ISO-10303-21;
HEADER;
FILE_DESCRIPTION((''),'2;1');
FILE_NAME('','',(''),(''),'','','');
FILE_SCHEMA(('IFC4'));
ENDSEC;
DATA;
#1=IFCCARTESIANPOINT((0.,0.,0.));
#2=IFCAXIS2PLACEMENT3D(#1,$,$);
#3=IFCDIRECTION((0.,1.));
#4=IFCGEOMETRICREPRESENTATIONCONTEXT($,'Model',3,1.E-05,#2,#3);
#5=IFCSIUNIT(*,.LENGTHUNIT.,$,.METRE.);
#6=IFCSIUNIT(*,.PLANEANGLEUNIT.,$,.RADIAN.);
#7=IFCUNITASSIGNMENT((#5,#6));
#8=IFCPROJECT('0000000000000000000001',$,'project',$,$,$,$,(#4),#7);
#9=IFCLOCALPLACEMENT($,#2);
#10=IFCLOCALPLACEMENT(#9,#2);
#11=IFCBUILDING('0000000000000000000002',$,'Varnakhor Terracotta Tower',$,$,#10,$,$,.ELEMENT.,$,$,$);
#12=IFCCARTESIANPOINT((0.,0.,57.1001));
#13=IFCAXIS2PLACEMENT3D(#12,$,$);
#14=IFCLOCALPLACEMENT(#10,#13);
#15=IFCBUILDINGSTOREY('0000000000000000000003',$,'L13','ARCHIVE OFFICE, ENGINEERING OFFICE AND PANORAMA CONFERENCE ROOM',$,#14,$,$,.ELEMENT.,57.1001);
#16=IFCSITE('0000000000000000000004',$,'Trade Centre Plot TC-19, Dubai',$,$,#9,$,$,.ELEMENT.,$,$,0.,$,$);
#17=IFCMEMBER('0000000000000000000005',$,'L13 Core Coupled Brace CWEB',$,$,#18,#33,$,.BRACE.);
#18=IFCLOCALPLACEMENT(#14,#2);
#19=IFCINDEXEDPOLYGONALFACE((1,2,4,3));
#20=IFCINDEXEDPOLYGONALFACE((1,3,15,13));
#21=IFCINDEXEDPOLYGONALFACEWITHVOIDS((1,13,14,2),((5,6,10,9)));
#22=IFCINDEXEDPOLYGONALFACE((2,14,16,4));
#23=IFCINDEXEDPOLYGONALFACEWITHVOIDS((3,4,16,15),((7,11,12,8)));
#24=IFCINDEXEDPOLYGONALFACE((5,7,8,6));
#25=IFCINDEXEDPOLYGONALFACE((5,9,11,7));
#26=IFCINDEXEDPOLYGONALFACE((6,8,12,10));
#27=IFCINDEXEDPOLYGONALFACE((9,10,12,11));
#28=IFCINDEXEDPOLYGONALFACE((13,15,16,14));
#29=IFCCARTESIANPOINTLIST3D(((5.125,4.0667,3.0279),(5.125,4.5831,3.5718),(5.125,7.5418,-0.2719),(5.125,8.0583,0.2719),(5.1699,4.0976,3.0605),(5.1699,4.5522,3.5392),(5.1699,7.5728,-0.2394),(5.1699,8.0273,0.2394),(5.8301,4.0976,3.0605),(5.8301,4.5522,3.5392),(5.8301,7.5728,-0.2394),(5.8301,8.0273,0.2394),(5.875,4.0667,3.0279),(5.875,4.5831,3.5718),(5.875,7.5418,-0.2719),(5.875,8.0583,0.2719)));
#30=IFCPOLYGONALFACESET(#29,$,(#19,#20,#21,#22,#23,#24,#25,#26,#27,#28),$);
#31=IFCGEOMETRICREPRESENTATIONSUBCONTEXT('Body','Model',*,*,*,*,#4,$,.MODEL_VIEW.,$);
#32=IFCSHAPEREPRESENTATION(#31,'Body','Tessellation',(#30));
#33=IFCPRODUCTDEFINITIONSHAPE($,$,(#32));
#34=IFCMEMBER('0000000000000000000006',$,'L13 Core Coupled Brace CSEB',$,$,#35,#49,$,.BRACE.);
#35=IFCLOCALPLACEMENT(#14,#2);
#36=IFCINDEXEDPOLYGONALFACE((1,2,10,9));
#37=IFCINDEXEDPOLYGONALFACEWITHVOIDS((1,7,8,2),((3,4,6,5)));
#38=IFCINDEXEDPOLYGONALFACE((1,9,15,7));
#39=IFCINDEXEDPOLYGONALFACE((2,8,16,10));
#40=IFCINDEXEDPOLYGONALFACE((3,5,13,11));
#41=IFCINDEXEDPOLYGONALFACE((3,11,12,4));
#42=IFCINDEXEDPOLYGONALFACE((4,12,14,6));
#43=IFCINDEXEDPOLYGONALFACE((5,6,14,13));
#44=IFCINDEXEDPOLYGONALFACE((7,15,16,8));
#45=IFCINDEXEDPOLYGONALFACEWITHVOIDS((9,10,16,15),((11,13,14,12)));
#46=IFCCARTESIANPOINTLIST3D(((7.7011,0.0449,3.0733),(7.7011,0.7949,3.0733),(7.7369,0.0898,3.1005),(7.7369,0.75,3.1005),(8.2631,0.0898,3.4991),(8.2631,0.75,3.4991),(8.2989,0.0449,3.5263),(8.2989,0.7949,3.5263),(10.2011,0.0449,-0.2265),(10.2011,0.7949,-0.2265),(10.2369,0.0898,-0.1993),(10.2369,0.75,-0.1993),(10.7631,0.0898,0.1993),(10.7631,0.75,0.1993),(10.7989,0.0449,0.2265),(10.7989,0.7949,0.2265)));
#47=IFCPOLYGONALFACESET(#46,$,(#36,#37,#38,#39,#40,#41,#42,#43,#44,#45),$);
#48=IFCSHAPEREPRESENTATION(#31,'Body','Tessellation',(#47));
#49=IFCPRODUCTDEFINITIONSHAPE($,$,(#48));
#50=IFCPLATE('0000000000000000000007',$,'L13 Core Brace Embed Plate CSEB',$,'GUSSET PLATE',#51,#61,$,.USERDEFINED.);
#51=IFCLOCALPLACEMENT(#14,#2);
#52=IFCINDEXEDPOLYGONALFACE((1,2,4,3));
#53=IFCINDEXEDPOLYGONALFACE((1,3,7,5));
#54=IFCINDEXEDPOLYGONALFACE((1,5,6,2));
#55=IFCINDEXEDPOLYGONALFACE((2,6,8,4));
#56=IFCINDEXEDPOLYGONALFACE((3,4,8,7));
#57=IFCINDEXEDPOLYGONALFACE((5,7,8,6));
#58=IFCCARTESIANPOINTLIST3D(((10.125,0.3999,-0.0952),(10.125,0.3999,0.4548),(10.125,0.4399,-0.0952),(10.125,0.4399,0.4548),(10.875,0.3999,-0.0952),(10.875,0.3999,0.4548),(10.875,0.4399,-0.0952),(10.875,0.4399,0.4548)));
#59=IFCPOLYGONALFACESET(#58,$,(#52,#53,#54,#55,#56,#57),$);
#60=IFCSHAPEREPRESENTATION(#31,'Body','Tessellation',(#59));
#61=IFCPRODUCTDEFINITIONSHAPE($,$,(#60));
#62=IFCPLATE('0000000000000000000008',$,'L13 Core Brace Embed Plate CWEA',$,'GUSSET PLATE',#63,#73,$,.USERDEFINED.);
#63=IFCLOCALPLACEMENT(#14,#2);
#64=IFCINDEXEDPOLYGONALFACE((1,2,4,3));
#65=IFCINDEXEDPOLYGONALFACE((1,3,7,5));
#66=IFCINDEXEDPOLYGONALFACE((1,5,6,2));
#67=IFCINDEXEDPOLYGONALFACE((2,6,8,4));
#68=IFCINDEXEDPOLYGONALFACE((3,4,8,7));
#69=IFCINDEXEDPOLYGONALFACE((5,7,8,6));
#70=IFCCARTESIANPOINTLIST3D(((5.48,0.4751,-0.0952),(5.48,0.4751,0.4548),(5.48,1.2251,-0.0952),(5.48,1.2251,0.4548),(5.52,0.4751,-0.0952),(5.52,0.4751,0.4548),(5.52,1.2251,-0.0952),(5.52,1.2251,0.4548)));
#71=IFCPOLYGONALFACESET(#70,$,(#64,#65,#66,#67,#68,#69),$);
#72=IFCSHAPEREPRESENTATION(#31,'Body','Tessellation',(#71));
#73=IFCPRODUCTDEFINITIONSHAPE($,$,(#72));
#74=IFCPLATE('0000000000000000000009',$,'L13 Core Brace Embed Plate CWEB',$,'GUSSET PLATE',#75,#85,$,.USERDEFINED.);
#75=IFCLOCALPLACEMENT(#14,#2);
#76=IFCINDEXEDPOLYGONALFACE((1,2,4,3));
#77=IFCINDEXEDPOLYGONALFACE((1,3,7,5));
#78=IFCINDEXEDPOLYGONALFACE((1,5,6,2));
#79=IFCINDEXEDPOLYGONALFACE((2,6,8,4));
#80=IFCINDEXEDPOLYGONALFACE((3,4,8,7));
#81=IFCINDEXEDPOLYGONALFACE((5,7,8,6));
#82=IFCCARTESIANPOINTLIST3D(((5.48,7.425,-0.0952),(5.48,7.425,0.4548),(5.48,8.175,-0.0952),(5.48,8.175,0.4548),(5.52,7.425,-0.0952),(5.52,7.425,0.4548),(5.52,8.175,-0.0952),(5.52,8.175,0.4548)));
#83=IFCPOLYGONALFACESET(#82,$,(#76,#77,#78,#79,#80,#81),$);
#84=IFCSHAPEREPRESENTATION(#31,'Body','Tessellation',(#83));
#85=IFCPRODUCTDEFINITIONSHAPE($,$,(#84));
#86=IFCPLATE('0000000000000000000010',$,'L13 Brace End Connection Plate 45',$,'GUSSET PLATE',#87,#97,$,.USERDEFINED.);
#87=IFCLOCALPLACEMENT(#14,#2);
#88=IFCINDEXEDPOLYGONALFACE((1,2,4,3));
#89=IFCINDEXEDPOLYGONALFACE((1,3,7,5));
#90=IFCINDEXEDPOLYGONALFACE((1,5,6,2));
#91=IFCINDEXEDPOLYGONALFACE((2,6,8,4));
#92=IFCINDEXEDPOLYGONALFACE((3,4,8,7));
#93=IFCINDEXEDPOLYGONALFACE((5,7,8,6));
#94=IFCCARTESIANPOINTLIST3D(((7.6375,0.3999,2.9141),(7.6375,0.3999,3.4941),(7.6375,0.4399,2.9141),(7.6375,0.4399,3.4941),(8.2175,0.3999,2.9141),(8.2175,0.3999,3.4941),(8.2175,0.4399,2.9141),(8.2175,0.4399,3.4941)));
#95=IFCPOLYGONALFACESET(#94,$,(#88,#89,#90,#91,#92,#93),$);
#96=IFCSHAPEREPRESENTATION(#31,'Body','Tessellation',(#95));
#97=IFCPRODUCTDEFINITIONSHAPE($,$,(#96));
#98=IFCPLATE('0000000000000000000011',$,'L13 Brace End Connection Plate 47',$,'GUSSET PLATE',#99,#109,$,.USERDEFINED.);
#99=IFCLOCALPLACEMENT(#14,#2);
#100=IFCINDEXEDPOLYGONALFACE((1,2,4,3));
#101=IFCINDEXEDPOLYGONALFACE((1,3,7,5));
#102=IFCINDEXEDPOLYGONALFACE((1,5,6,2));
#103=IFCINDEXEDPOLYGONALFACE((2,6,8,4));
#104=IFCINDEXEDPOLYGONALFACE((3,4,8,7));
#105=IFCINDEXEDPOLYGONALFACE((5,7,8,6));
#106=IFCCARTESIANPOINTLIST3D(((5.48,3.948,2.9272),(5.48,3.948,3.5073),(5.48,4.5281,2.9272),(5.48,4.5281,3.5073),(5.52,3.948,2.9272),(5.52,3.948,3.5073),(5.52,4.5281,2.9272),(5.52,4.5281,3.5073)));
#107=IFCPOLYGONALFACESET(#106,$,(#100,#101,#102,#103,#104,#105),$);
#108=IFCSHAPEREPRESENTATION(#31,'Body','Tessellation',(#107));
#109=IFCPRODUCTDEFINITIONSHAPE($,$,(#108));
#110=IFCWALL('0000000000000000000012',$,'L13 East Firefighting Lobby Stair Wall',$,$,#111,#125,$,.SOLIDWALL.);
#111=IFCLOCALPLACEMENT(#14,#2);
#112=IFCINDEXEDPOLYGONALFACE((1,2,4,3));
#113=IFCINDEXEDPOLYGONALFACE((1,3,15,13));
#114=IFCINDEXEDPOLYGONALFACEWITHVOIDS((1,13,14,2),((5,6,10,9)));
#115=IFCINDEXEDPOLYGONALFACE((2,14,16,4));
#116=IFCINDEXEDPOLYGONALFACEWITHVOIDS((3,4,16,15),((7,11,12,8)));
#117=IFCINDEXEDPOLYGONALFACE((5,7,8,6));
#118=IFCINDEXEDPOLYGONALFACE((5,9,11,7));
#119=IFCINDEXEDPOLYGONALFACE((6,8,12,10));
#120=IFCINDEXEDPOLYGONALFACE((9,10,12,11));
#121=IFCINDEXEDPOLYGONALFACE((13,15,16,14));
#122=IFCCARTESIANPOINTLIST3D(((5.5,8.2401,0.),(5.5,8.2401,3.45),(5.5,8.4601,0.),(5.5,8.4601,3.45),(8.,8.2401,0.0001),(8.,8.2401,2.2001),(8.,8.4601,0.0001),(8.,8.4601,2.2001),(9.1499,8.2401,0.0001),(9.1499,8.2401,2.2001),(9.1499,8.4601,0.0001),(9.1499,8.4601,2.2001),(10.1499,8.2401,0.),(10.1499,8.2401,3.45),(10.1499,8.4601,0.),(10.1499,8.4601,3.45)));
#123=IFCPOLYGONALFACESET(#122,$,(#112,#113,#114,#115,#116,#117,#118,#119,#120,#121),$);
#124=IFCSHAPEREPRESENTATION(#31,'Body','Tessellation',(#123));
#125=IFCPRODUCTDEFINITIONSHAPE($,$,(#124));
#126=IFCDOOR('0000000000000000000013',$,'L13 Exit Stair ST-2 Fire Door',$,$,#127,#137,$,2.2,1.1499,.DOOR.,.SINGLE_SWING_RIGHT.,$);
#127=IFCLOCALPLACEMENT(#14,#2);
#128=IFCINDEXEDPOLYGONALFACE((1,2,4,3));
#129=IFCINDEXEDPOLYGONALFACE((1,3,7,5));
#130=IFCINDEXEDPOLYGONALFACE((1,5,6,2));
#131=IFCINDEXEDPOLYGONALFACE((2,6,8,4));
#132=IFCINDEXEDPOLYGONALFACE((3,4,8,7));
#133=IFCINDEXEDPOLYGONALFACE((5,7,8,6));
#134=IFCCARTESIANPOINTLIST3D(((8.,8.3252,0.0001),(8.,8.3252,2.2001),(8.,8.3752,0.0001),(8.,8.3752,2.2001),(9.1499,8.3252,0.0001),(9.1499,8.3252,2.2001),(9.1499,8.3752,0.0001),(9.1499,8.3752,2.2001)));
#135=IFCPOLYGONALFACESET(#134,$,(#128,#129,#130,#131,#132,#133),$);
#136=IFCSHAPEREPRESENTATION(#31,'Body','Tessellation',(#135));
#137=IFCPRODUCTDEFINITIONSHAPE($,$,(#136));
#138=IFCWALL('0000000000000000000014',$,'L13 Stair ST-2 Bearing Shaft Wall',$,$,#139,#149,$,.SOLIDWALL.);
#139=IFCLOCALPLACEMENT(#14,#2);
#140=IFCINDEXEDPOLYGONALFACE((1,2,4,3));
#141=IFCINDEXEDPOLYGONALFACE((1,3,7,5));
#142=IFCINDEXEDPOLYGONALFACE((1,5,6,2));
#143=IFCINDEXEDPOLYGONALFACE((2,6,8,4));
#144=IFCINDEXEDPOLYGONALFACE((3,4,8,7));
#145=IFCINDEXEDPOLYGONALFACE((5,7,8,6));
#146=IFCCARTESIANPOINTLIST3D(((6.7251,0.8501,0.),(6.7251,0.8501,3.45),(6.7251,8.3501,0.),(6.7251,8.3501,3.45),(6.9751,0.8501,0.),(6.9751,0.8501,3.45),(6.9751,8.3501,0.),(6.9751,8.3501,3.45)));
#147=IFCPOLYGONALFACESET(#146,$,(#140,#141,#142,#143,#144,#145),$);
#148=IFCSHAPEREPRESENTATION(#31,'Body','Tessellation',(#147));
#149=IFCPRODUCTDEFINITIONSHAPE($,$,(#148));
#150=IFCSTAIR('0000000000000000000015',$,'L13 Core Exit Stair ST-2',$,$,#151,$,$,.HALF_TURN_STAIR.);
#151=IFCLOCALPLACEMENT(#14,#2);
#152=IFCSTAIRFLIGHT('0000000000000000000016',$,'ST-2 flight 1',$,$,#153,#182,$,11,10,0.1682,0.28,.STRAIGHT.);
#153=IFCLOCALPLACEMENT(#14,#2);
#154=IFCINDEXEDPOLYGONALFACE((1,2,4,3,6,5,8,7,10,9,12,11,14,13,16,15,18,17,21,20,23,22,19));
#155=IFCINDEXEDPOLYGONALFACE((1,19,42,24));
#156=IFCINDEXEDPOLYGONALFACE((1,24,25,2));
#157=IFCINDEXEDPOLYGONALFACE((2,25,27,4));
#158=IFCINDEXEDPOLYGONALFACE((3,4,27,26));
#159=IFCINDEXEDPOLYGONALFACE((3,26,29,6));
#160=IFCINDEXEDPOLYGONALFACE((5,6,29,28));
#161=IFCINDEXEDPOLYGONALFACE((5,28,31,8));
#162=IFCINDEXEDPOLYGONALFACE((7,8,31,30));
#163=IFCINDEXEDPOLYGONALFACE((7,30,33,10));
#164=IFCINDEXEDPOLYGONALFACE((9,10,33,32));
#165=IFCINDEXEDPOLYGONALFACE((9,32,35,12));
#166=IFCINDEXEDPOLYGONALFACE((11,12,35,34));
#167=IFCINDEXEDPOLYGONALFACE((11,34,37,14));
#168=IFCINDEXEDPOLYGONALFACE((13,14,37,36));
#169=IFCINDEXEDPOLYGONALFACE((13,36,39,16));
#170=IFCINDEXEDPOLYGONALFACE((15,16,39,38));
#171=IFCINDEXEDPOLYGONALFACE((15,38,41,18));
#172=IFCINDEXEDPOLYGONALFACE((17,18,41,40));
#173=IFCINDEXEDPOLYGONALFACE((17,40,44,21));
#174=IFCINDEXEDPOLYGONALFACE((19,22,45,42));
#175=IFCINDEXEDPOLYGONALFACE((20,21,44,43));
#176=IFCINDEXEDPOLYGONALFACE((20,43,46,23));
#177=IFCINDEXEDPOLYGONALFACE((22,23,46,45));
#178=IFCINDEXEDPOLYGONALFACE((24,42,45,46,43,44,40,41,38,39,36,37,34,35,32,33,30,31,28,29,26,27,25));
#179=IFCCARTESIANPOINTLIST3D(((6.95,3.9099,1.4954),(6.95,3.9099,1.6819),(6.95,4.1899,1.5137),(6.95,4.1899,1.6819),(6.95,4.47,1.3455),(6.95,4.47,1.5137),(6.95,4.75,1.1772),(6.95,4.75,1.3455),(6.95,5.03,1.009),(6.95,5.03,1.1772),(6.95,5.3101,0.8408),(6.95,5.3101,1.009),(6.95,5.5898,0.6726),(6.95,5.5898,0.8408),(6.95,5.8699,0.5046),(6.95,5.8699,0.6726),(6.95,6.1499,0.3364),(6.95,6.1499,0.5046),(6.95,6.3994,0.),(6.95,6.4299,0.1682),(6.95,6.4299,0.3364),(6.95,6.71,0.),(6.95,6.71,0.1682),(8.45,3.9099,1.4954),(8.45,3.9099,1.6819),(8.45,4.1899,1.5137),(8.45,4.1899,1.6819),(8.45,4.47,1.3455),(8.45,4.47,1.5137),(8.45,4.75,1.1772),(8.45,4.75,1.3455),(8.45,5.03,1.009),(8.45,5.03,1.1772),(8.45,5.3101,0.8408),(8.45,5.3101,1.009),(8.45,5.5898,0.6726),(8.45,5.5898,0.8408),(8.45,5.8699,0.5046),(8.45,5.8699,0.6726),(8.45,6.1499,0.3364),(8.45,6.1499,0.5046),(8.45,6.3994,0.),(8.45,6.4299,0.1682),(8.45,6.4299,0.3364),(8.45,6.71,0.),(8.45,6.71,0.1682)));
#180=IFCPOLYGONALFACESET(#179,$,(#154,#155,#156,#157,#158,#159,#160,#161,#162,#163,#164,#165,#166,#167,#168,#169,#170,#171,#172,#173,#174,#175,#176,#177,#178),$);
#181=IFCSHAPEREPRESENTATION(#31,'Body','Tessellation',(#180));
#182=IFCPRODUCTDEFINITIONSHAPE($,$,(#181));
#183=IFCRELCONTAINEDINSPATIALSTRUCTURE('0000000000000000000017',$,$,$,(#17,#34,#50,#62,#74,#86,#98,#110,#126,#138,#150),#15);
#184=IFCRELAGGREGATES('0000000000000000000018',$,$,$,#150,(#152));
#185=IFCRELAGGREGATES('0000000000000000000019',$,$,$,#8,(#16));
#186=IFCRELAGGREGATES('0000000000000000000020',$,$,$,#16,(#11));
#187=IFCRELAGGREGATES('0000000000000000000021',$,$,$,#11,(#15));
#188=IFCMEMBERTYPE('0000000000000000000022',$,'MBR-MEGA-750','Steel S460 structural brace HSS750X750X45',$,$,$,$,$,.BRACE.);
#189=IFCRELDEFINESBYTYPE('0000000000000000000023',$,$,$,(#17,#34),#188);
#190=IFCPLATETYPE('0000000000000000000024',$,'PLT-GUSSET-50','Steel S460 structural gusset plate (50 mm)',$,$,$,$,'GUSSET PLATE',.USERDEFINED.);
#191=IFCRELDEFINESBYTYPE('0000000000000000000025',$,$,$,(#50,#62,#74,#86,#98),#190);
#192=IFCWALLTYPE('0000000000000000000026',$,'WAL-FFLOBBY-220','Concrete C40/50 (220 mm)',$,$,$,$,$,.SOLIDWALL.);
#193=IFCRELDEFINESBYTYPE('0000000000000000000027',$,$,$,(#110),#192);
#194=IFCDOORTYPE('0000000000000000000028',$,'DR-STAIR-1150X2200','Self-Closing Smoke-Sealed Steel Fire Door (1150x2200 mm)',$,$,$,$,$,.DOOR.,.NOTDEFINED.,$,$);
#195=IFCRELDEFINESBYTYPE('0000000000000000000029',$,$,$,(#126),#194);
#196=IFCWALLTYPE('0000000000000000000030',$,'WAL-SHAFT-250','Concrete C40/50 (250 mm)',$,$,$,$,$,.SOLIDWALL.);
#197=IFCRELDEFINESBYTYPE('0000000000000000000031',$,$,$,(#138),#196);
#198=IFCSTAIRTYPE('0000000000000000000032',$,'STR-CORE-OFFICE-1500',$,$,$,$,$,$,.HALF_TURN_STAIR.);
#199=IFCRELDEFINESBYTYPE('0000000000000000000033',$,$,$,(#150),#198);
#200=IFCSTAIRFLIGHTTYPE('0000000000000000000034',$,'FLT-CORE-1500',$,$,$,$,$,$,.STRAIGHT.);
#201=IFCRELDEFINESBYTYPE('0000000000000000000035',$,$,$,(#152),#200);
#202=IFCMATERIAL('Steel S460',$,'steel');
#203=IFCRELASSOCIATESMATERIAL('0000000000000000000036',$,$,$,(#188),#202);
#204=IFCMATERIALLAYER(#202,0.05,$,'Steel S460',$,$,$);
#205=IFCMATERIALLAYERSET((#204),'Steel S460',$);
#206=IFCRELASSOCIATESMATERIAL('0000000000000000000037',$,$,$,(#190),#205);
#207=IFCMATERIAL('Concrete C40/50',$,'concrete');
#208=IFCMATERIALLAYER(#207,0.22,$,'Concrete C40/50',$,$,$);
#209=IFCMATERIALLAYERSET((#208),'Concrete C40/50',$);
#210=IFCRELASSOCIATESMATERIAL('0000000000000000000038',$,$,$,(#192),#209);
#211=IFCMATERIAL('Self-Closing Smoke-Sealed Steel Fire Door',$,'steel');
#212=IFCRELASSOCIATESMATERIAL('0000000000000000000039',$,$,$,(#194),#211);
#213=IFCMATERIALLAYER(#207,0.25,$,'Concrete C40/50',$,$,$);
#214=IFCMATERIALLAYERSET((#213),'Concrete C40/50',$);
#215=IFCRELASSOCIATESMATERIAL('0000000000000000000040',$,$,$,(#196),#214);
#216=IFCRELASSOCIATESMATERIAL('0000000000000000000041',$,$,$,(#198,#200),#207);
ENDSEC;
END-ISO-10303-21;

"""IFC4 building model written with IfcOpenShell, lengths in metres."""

from ifc_helpers import new_model, si_unit, direction, frame, frame_2d, origin, origin_2d, place, context, subcontext, project, spatial, polyline, rectangle, hollow_rectangle, outline, extrude, source, transform, mapped, material, layer, layer_set, material_profile, profile_set, type_object, type_shapes, element, fill, aggregate, save


model = new_model("IFC4")

# Units and contexts
model_context = context("Model", 3, precision=1e-05, world=origin(), true_north=direction((0.0, 1.0)))
body_context = subcontext(model_context, "Body", "Model", "MODEL_VIEW")
ifc_project = project(units=[si_unit("LENGTHUNIT", "METRE"), si_unit("PLANEANGLEUNIT", "RADIAN")], contexts=[model_context])

# Site, building, storey
site_placement = place(None, origin())
site = spatial("IfcSite", under=ifc_project, at=site_placement, Name="Trade Centre Plot TC-19, Dubai", CompositionType="ELEMENT", RefElevation=0.0)
building_placement = place(site_placement, origin())
building = spatial("IfcBuilding", under=site, at=building_placement, Name="Varnakhor Terracotta Tower", CompositionType="ELEMENT")
storey_placement = place(building_placement, frame((0.0, 0.0, 57.1001)))
storey = spatial("IfcBuildingStorey", under=building, at=storey_placement, Name="L13", Description="ARCHIVE OFFICE, ENGINEERING OFFICE AND PANORAMA CONFERENCE ROOM", CompositionType="ELEMENT", Elevation=57.1001)

# Members
ifc_material_1 = material(Name="Steel S460", Category="steel")
ifc_material_profile = material_profile(ifc_material_1, hollow_rectangle(XDim=0.75, YDim=0.75, WallThickness=0.0449, at=origin_2d()), Name="HSS750X750X45")
ifc_profile_set = profile_set([ifc_material_profile], Name="Steel S460")
member_type = type_object("IfcMemberType", Name="MBR-MEGA-750", Description="Steel S460 structural brace HSS750X750X45", PredefinedType="BRACE", material=ifc_profile_set)
shared_shape_1 = source(origin(), body_context, "Body", "SweptSolid", [
    extrude(hollow_rectangle(XDim=0.75, YDim=0.75, WallThickness=0.0449, at=origin_2d()), origin(), (0.0, 0.0, 1.0), 4.7922),
])
member_1_placement = place(storey_placement, frame((5.5, 7.8, 0.0), z_axis=(0.0, -0.72516, 0.688581), x_axis=(1.0, 0.0, 0.0)))
element("IfcMember", 1, at=member_1_placement, inside=storey, type_object=member_type, Name="L13 Core Coupled Brace CWEB", PredefinedType="BRACE", context=body_context, shape_type="MappedRepresentation", body=[
    mapped(shared_shape_1, transform((0.0, 0.0, 0.0), scale=1.0)),
])
shared_shape_2 = source(origin(), body_context, "Body", "SweptSolid", [
    extrude(hollow_rectangle(XDim=0.75, YDim=0.75, WallThickness=0.0449, at=origin_2d()), origin(), (0.0, 0.0, 1.0), 4.1399),
])
member_2_placement = place(storey_placement, frame((10.5, 0.4199, 0.0), z_axis=(-0.60388, 0.0, 0.797075), x_axis=(0.0, -1.0, 0.0)))
element("IfcMember", 2, at=member_2_placement, inside=storey, type_object=member_type, Name="L13 Core Coupled Brace CSEB", PredefinedType="BRACE", context=body_context, shape_type="MappedRepresentation", body=[
    mapped(shared_shape_2, transform((0.0, 0.0, 0.0), scale=1.0)),
])

# Plates
ifc_layer_1 = layer(ifc_material_1, 0.05, Name="Steel S460")
ifc_layer_set_1 = layer_set([ifc_layer_1], Name="Steel S460")
plate_type = type_object("IfcPlateType", Name="PLT-GUSSET-50", Description="Steel S460 structural gusset plate (50 mm)", ElementType="GUSSET PLATE", PredefinedType="USERDEFINED", material=ifc_layer_set_1)
shared_shape_3 = source(origin(), body_context, "Body", "SweptSolid", [
    extrude(rectangle(XDim=0.75, YDim=0.04, at=origin_2d()), origin(), (0.0, 0.0, 1.0), 0.55),
])
type_shapes(plate_type, [shared_shape_3])
for number, where, z_axis, x_axis, name in (
    (3, (10.5, 0.4199, -0.0952), (0.0, 0.0, 1.0), (1.0, 0.0, 0.0), "L13 Core Brace Embed Plate CSEB"),
    (4, (5.5, 0.8501, -0.0952), (0.0, 0.0, 1.0), (0.0, 1.0, 0.0), "L13 Core Brace Embed Plate CWEA"),
    (5, (5.5, 7.8, -0.0952), (0.0, 0.0, 1.0), (0.0, 1.0, 0.0), "L13 Core Brace Embed Plate CWEB"),
):
    element("IfcPlate", number, at=place(storey_placement, frame(where, z_axis=z_axis, x_axis=x_axis)), inside=storey, type_object=plate_type, Name=name, ObjectType="GUSSET PLATE", PredefinedType="USERDEFINED", context=body_context, shape_type="MappedRepresentation", body=[
        mapped(shared_shape_3, transform((0.0, 0.0, 0.0), scale=1.0)),
    ])
shared_shape_4 = source(origin(), body_context, "Body", "SweptSolid", [
    extrude(rectangle(XDim=0.5801, YDim=0.04, at=origin_2d()), origin(), (0.0, 0.0, 1.0), 0.5801),
])
for number, where, z_axis, x_axis, name in (
    (6, (7.9275, 0.4199, 2.9141), (0.0, 0.0, 1.0), (1.0, 0.0, 0.0), "L13 Brace End Connection Plate 45"),
    (7, (5.5, 4.238, 2.9272), (0.0, 0.0, 1.0), (0.0, 1.0, 0.0), "L13 Brace End Connection Plate 47"),
):
    element("IfcPlate", number, at=place(storey_placement, frame(where, z_axis=z_axis, x_axis=x_axis)), inside=storey, type_object=plate_type, Name=name, ObjectType="GUSSET PLATE", PredefinedType="USERDEFINED", context=body_context, shape_type="MappedRepresentation", body=[
        mapped(shared_shape_4, transform((0.0, 0.0, 0.0), scale=1.0)),
    ])

# Wall, opening, door
ifc_material_2 = material(Name="Concrete C40/50", Category="concrete")
ifc_layer_2 = layer(ifc_material_2, 0.22, Name="Concrete C40/50")
ifc_layer_set_2 = layer_set([ifc_layer_2], Name="Concrete C40/50")
wall_type_1 = type_object("IfcWallType", Name="WAL-FFLOBBY-220", Description="Concrete C40/50 (220 mm)", PredefinedType="SOLIDWALL", material=ifc_layer_set_2)
wall_1_placement = place(storey_placement, frame((10.1499, 8.3501, 0.0), z_axis=(0.0, 0.0, 1.0), x_axis=(-1.0, 0.0, 0.0)))
wall_1 = element("IfcWall", 8, at=wall_1_placement, inside=storey, type_object=wall_type_1, Name="L13 East Firefighting Lobby Stair Wall", PredefinedType="SOLIDWALL", context=body_context, shape_type="SweptSolid", body=[
    extrude(rectangle(XDim=4.6499, YDim=0.22, at=frame_2d((2.325, 0.0))), origin(), (0.0, 0.0, 1.0), 3.45),
])
opening_placement = place(wall_1_placement, frame((1.0, 0.0, 0.0)))
opening = element("IfcOpeningElement", 9, at=opening_placement, cuts=wall_1, PredefinedType="OPENING", context=body_context, shape_type="SweptSolid", body=[
    extrude(rectangle(XDim=1.1499, YDim=2.2, at=frame_2d((0.575, 1.1001))), frame((0.0, 0.1201, 0.0), z_axis=(0.0, -1.0, 0.0), x_axis=(1.0, 0.0, 0.0)), (0.0, 0.0, 1.0), 0.24),
])
ifc_material_3 = material(Name="Self-Closing Smoke-Sealed Steel Fire Door", Category="steel")
door_type = type_object("IfcDoorType", Name="DR-STAIR-1150X2200", Description="Self-Closing Smoke-Sealed Steel Fire Door (1150x2200 mm)", OperationType="NOTDEFINED", PredefinedType="DOOR", material=ifc_material_3)
shared_shape_5 = source(origin(), body_context, "Body", "SweptSolid", [
    extrude(rectangle(XDim=1.1499, YDim=2.2, at=frame_2d((0.575, 1.1001))), frame((0.0, 0.0249, 0.0), z_axis=(0.0, -1.0, 0.0), x_axis=(1.0, 0.0, 0.0)), (0.0, 0.0, 1.0), 0.05),
])
type_shapes(door_type, [shared_shape_5])
door_placement = place(opening_placement, origin())
door = element("IfcDoor", 10, at=door_placement, inside=storey, type_object=door_type, Name="L13 Exit Stair ST-2 Fire Door", OperationType="SINGLE_SWING_RIGHT", OverallHeight=2.2, OverallWidth=1.1499, PredefinedType="DOOR", context=body_context, shape_type="MappedRepresentation", body=[
    mapped(shared_shape_5, transform((0.0, 0.0, 0.0), scale=1.0)),
])
fill(opening, door)

# Wall
ifc_layer_3 = layer(ifc_material_2, 0.25, Name="Concrete C40/50")
ifc_layer_set_3 = layer_set([ifc_layer_3], Name="Concrete C40/50")
wall_type_2 = type_object("IfcWallType", Name="WAL-SHAFT-250", Description="Concrete C40/50 (250 mm)", PredefinedType="SOLIDWALL", material=ifc_layer_set_3)
wall_2_placement = place(storey_placement, frame((6.8501, 0.8501, 0.0), z_axis=(0.0, 0.0, 1.0), x_axis=(0.0, 1.0, 0.0)))
element("IfcWall", 11, at=wall_2_placement, inside=storey, type_object=wall_type_2, Name="L13 Stair ST-2 Bearing Shaft Wall", PredefinedType="SOLIDWALL", context=body_context, shape_type="SweptSolid", body=[
    extrude(rectangle(XDim=7.5, YDim=0.25, at=frame_2d((3.75, 0.0))), origin(), (0.0, 0.0, 1.0), 3.45),
])

# Stair, stair flight
stair_type = type_object("IfcStairType", Name="STR-CORE-OFFICE-1500", PredefinedType="HALF_TURN_STAIR", material=ifc_material_2)
stair_placement = place(storey_placement, origin())
stair = element("IfcStair", 12, at=stair_placement, inside=storey, type_object=stair_type, Name="L13 Core Exit Stair ST-2", PredefinedType="HALF_TURN_STAIR")
stair_flight_type = type_object("IfcStairFlightType", Name="FLT-CORE-1500", PredefinedType="STRAIGHT", material=ifc_material_2)
stair_flight_1_placement = place(storey_placement, frame((7.7, 6.71, 0.0), z_axis=(0.0, 0.0, 1.0), x_axis=(0.0, -1.0, 0.0)))
stair_flight_1 = element("IfcStairFlight", 13, at=stair_flight_1_placement, type_object=stair_flight_type, Name="ST-2 flight 1", NumberOfRisers=11, NumberOfTreads=10, PredefinedType="STRAIGHT", RiserHeight=0.1682, TreadLength=0.28, context=body_context, shape_type="SweptSolid", body=[
    extrude(outline(polyline([(0.0, 0.0), (0.0, 0.1682), (0.28, 0.1682), (0.28, 0.3364), (0.5601, 0.3364), (0.5601, 0.5046), (0.8401, 0.5046), (0.8401, 0.6726), (1.1201, 0.6726), (1.1201, 0.8408), (1.3999, 0.8408), (1.3999, 1.009), (1.6799, 1.009), (1.6799, 1.1772), (1.96, 1.1772), (1.96, 1.3455), (2.24, 1.3455), (2.24, 1.5137), (2.52, 1.5137), (2.52, 1.6819), (2.8, 1.6819), (2.8, 1.8501), (2.8, 1.4954), (0.3105, 0.0), (0.0, 0.0)])), frame((0.0, 0.75, 0.0), z_axis=(0.0, -1.0, 0.0), x_axis=(1.0, 0.0, 0.0)), (0.0, 0.0, 1.0), 1.5),
])
aggregate(stair, [stair_flight_1])

save(model, "model.ifc")
